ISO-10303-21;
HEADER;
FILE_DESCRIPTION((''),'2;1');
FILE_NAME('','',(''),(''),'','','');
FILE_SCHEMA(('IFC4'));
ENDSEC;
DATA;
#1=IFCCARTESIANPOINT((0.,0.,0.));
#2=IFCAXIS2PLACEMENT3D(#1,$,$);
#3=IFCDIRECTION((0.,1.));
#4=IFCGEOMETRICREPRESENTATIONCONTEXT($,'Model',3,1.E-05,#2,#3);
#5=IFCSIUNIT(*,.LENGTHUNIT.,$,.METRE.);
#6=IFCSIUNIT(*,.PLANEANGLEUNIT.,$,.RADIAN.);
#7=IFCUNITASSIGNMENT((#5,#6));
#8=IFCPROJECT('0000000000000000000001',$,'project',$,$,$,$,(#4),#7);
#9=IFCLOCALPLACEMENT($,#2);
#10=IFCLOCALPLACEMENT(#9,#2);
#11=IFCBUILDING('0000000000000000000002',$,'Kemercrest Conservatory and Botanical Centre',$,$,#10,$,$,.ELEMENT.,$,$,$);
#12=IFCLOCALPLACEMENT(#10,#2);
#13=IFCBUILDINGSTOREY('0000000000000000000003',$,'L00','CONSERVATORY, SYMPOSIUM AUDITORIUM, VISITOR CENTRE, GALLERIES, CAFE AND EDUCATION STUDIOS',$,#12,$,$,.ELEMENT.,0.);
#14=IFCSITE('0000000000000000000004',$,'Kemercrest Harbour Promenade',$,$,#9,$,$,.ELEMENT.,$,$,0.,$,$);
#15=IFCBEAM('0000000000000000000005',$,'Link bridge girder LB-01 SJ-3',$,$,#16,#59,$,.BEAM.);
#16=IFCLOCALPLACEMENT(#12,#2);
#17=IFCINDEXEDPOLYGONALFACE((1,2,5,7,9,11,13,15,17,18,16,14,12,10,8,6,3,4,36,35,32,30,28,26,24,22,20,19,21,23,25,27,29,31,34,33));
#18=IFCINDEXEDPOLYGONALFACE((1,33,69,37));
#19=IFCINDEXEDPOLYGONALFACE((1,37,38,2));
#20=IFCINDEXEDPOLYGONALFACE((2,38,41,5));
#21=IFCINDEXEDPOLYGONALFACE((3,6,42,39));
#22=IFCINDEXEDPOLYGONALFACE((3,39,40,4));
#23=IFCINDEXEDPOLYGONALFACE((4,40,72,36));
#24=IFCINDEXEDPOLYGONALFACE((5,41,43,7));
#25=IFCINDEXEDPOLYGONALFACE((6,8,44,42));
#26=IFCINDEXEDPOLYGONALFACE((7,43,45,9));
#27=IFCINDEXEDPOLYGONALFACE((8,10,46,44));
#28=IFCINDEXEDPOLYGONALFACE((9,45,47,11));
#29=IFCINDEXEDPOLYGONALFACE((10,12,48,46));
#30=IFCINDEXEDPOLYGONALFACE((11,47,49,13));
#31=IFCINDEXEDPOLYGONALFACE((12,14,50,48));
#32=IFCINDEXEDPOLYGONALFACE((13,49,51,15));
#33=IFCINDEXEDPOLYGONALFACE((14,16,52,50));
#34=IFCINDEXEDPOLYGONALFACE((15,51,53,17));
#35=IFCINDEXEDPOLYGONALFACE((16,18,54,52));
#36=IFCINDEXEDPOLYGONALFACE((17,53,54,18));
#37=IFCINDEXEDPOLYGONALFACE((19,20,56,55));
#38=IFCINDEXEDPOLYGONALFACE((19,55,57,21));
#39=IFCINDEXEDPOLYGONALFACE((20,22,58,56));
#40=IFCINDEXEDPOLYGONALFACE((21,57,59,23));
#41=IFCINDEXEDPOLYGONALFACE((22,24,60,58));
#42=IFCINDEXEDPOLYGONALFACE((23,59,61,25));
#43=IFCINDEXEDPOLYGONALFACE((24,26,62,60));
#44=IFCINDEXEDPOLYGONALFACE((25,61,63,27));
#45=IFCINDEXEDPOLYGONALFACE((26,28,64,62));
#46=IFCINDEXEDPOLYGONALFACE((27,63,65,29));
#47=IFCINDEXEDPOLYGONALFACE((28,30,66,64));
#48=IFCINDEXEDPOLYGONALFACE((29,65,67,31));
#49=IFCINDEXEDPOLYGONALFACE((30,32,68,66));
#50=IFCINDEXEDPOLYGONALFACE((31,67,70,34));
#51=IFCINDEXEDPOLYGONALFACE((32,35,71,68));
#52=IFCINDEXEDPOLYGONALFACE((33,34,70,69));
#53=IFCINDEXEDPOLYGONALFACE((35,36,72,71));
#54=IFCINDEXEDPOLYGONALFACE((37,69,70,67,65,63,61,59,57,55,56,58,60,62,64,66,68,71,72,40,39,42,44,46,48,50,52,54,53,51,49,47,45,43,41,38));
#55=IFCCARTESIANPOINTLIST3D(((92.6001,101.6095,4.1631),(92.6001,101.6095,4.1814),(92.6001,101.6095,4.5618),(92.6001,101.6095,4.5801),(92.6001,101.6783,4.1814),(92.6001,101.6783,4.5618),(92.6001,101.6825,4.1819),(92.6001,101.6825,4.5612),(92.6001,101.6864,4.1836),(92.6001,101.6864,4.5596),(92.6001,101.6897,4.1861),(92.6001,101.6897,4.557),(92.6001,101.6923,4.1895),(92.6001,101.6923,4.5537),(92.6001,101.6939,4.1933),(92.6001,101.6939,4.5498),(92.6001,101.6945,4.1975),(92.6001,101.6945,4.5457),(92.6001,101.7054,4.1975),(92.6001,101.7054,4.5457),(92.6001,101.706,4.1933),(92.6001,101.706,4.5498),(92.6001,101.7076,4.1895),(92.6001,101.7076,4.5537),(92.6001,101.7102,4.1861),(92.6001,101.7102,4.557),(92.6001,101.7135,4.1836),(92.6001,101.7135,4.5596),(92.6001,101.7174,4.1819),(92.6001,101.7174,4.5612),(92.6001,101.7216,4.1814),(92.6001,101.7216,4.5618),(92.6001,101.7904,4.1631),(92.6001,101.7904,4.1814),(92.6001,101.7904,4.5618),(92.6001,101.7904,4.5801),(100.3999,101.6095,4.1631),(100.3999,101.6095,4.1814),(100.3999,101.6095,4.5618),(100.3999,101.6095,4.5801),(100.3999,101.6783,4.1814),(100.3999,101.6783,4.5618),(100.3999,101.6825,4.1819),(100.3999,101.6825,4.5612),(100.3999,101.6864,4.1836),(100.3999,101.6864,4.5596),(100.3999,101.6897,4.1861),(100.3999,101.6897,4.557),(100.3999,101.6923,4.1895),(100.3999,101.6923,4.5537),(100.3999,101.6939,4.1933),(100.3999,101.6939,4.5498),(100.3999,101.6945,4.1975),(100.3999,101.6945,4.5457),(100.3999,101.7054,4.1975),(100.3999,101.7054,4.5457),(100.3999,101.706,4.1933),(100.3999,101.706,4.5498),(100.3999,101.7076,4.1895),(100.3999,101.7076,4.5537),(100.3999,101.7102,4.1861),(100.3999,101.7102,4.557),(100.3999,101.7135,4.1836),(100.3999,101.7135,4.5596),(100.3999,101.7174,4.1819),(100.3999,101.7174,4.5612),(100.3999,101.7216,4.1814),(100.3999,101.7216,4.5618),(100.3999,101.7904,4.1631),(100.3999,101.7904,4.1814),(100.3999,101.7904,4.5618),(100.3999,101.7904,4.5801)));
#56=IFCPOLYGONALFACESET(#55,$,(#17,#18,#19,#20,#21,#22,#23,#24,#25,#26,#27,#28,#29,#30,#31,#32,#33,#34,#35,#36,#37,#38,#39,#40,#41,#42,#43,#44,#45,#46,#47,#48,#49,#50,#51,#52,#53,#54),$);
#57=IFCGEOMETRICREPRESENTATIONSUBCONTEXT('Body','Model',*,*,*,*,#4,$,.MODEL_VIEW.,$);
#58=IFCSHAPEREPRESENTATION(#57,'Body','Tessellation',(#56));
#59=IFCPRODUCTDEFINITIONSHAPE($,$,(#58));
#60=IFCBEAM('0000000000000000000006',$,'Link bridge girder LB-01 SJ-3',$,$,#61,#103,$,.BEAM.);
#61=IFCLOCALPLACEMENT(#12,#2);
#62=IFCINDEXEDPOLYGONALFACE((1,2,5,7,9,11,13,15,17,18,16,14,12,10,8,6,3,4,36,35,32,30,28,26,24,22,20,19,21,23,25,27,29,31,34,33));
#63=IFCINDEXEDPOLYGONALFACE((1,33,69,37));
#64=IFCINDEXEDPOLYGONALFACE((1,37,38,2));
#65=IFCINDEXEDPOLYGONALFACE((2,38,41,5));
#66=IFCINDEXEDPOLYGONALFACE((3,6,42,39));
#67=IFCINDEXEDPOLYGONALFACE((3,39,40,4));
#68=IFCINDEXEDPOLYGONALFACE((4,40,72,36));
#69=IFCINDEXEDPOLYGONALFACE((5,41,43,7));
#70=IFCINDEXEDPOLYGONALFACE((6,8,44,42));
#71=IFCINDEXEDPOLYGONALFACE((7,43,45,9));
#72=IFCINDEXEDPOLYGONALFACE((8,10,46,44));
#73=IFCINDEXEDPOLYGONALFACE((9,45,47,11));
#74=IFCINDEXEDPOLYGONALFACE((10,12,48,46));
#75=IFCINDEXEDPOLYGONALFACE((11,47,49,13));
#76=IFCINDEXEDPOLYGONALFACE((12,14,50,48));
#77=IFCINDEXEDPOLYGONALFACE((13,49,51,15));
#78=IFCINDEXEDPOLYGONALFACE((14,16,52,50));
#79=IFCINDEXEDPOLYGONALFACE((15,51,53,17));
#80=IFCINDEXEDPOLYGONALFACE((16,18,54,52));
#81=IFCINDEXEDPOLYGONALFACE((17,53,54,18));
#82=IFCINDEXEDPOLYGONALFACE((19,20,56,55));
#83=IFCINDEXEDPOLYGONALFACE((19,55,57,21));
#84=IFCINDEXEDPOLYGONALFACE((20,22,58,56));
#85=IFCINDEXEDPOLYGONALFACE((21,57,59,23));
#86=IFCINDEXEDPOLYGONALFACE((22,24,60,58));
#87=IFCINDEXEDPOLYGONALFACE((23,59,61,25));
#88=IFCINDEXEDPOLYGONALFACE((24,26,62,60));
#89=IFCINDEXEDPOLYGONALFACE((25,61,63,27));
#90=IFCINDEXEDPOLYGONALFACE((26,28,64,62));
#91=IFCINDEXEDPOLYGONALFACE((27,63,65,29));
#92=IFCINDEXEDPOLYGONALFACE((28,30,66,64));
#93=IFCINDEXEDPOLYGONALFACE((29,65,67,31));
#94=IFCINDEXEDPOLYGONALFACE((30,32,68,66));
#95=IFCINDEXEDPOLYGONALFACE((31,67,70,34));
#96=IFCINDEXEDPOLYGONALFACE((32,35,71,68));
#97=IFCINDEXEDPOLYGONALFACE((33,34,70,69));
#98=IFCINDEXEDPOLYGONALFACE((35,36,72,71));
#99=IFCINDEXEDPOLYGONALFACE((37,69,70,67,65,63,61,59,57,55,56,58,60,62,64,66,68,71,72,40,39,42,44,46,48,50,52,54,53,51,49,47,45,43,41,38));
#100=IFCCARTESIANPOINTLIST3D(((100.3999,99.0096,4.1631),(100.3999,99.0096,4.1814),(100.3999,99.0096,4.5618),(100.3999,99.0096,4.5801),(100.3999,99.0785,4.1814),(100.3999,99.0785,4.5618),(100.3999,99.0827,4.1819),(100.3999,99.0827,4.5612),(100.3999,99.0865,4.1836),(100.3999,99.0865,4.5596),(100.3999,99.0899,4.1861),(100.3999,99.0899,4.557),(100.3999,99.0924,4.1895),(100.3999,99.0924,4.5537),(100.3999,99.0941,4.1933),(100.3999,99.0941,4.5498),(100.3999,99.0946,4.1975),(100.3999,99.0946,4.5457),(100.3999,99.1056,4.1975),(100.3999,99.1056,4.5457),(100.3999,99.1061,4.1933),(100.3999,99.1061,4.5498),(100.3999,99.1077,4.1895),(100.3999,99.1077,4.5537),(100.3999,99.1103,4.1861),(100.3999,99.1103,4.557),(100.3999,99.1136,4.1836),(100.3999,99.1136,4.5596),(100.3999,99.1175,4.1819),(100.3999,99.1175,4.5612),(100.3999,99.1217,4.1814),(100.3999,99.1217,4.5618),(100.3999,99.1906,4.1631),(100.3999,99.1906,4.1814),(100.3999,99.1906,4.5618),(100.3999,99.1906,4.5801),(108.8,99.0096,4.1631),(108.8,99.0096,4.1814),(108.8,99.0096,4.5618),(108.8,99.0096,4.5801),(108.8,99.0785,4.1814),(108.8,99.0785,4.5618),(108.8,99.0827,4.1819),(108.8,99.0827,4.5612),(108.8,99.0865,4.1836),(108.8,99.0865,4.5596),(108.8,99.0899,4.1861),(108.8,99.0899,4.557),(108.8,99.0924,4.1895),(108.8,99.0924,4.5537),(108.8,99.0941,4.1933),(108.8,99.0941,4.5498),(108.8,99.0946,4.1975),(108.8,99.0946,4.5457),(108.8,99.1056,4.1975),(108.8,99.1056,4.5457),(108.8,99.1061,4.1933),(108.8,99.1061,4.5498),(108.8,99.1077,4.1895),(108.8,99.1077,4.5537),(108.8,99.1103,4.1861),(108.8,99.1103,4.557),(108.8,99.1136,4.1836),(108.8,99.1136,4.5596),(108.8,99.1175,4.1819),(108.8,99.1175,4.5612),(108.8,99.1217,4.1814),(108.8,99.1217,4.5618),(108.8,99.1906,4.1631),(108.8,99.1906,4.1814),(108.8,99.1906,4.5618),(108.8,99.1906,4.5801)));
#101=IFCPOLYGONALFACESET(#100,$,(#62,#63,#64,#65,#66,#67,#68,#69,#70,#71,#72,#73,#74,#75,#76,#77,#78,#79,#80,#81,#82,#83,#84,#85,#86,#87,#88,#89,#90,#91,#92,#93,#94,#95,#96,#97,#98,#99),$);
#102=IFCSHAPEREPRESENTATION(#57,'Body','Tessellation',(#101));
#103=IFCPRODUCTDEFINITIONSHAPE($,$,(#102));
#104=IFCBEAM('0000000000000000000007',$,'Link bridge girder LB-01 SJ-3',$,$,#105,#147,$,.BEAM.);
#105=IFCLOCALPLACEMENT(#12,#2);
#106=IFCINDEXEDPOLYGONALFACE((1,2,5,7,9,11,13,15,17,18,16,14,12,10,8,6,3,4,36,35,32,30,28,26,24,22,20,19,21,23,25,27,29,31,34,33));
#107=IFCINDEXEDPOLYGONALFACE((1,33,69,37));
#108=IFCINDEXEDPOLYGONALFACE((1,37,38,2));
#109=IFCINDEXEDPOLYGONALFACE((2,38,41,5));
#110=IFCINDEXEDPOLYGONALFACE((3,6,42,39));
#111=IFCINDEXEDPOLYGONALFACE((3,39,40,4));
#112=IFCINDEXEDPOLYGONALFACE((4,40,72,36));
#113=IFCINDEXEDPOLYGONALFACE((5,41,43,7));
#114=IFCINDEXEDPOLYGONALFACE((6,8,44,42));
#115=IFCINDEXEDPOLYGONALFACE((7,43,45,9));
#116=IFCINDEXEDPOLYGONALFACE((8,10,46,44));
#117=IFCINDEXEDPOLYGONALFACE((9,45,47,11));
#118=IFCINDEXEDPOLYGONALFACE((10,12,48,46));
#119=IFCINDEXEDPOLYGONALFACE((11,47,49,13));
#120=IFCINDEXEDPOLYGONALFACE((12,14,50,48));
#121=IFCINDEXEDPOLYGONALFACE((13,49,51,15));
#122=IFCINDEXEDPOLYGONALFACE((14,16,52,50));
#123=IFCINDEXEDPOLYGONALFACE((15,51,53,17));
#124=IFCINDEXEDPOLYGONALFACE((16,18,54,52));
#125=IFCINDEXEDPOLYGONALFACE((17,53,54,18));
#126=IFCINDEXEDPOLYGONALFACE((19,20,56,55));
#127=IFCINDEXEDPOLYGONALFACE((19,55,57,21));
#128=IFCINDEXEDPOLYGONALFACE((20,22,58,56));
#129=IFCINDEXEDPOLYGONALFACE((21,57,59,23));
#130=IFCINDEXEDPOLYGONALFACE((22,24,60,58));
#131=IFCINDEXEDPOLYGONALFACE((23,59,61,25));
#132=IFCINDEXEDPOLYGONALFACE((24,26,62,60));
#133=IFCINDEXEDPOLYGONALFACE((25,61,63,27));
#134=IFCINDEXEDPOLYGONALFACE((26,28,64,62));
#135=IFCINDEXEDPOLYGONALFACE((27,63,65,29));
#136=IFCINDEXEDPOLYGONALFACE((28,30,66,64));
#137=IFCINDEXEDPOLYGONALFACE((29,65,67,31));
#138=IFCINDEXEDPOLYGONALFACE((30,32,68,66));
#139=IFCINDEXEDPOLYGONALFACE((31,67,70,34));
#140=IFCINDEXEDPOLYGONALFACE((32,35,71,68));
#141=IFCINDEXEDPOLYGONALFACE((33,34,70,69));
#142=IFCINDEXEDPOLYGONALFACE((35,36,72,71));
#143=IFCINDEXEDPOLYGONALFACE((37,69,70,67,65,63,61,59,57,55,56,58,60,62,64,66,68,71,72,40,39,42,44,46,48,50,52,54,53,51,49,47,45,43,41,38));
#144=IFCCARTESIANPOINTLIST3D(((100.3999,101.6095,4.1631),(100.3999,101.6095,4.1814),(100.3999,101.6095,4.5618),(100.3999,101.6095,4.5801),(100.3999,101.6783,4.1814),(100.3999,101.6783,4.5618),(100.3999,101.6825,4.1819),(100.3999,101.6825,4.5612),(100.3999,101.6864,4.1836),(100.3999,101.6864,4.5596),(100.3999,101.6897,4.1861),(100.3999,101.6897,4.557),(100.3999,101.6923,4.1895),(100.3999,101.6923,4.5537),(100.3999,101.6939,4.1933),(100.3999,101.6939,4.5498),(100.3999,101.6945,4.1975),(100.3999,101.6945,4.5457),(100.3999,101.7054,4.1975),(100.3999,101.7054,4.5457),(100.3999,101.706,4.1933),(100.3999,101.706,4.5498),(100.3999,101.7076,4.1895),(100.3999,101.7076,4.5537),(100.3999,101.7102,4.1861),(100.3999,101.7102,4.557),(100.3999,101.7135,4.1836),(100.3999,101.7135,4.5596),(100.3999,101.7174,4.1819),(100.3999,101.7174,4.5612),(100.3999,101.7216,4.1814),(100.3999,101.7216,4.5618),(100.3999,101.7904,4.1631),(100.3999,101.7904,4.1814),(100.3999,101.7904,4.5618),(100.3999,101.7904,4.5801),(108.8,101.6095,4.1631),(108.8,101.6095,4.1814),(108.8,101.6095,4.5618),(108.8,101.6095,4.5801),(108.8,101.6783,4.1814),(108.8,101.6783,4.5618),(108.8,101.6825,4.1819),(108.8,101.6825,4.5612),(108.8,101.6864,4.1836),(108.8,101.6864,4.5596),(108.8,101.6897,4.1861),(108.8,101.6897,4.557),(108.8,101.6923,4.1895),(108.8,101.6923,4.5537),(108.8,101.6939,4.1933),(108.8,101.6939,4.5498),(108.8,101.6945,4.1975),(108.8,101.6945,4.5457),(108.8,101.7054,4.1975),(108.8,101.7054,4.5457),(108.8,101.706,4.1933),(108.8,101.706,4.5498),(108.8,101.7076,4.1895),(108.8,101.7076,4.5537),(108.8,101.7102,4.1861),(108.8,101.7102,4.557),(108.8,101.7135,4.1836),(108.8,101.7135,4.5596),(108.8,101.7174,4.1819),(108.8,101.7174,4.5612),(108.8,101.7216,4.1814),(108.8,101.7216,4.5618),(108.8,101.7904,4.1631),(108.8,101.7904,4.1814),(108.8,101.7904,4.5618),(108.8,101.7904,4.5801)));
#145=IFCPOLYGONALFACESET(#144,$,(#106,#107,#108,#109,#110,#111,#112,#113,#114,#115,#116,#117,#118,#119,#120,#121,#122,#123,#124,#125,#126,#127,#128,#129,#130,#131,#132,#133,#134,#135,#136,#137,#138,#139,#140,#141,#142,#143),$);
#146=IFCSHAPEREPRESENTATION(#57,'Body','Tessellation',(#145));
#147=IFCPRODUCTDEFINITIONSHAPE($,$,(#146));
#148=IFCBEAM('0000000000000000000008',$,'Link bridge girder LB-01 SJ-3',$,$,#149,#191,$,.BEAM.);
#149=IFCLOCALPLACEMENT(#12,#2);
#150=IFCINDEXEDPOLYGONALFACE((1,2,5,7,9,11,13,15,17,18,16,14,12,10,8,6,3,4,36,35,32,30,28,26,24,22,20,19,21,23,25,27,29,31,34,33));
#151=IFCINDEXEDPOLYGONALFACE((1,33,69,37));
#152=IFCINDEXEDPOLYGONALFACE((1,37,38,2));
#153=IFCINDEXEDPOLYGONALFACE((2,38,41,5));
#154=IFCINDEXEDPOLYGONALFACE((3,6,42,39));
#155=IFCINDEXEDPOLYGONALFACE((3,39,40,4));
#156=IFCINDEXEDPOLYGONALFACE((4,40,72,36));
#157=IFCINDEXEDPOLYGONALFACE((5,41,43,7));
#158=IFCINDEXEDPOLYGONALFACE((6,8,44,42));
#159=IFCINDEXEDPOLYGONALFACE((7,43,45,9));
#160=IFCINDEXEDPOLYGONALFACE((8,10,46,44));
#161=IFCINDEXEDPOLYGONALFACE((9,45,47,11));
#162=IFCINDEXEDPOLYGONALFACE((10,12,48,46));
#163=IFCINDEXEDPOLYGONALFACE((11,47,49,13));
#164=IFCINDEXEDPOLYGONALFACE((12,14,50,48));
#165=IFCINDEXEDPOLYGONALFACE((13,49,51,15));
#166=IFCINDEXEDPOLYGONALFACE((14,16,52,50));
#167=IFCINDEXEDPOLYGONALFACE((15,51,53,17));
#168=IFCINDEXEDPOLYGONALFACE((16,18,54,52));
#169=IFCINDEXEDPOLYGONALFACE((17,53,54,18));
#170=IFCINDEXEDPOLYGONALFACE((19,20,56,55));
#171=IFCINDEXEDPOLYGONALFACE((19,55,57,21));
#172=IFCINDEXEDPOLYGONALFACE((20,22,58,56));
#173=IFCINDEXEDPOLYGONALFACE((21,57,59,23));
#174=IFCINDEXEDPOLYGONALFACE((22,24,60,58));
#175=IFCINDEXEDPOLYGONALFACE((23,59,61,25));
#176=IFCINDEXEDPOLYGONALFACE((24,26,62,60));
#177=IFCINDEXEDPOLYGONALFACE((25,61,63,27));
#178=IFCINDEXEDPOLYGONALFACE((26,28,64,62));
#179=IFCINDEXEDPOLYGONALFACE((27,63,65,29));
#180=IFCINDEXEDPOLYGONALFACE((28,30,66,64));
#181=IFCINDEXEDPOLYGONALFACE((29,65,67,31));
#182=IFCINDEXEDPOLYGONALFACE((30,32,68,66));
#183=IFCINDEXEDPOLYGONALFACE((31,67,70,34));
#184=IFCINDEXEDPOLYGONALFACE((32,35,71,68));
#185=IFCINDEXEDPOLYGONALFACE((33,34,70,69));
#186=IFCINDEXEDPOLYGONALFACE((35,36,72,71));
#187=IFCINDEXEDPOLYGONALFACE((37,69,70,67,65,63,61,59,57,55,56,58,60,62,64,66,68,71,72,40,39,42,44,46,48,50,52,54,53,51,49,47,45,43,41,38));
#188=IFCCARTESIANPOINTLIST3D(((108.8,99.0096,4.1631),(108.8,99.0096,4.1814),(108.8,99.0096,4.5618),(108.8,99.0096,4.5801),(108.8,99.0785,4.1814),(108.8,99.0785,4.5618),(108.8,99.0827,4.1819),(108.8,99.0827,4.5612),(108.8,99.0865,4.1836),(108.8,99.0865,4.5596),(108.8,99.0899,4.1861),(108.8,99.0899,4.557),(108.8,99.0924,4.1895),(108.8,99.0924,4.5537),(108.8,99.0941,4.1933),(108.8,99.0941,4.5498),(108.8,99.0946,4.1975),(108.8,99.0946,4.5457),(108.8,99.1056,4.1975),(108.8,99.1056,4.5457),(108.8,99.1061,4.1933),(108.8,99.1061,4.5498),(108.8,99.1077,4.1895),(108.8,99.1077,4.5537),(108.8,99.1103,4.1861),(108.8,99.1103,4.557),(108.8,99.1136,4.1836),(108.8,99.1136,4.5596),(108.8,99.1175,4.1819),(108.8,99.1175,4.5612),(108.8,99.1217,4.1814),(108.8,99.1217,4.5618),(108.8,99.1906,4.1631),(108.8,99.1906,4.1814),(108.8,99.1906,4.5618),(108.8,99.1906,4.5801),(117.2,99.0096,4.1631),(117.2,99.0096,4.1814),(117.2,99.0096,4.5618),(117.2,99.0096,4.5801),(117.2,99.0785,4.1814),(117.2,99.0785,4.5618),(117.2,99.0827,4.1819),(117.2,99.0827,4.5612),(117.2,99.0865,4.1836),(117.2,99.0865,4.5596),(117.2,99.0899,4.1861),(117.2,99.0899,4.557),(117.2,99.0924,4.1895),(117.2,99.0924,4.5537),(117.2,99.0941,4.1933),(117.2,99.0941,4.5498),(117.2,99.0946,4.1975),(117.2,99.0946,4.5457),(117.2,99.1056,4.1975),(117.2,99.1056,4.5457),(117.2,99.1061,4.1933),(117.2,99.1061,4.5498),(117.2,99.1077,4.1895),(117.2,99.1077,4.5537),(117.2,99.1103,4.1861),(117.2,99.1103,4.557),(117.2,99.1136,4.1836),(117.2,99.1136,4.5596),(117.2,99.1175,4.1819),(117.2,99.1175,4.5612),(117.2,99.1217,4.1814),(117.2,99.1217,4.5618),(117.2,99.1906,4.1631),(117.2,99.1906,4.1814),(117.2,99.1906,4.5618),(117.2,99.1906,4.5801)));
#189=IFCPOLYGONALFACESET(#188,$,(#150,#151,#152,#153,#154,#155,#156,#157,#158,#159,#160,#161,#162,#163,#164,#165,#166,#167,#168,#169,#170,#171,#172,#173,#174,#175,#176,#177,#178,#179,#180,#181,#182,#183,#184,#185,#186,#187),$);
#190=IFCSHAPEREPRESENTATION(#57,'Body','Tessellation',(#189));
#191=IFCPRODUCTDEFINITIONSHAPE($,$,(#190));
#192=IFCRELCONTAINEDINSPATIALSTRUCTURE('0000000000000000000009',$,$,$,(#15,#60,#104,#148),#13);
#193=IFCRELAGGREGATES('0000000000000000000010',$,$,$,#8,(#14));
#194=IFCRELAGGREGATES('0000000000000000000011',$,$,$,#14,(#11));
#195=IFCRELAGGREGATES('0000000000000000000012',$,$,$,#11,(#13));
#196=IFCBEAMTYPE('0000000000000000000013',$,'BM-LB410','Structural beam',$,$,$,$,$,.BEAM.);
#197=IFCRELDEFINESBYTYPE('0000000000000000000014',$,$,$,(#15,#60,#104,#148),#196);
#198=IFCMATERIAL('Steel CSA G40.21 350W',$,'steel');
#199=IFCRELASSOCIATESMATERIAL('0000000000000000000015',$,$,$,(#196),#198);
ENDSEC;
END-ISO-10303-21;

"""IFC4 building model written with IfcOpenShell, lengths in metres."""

from ifc_helpers import new_model, si_unit, direction, frame, origin, origin_2d, place, context, subcontext, project, spatial, i_section, extrude, material, material_profile, profile_set, type_object, element, save


model = new_model("IFC4")

# Units and contexts
model_context = context("Model", 3, precision=1e-05, world=origin(), true_north=direction((0.0, 1.0)))
body_context = subcontext(model_context, "Body", "Model", "MODEL_VIEW")
ifc_project = project(units=[si_unit("LENGTHUNIT", "METRE"), si_unit("PLANEANGLEUNIT", "RADIAN")], contexts=[model_context])

# Site, building, storey
site_placement = place(None, origin())
site = spatial("IfcSite", under=ifc_project, at=site_placement, Name="Kemercrest Harbour Promenade", CompositionType="ELEMENT", RefElevation=0.0)
building_placement = place(site_placement, origin())
building = spatial("IfcBuilding", under=site, at=building_placement, Name="Kemercrest Conservatory and Botanical Centre", CompositionType="ELEMENT")
storey_placement = place(building_placement, origin())
storey = spatial("IfcBuildingStorey", under=building, at=storey_placement, Name="L00", Description="CONSERVATORY, SYMPOSIUM AUDITORIUM, VISITOR CENTRE, GALLERIES, CAFE AND EDUCATION STUDIOS", CompositionType="ELEMENT", Elevation=0.0)

# Shared definitions
ifc_material_1 = material(Name="Steel CSA G40.21 350W", Category="steel")

# Beams
ifc_material_profile_1 = material_profile(ifc_material_1, i_section(OverallWidth=0.1809, OverallDepth=0.417, WebThickness=0.011, FlangeThickness=0.0183, FilletRadius=0.0161, at=origin_2d()), Name="W410X85")
ifc_profile_set_1 = profile_set([ifc_material_profile_1], Name="Steel CSA G40.21 350W")
beam_type_1 = type_object("IfcBeamType", Name="BM-LB410", Description="Structural beam", PredefinedType="BEAM", material=ifc_profile_set_1)
for number, where, z_axis, x_axis, name in (
    (1, (92.6001, 101.7, 4.3716), (1.0, 0.0, 0.0), (0.0, 1.0, 0.0), "Link bridge girder LB-01 SJ-3"),
):
    element("IfcBeam", number, at=place(storey_placement, frame(where, z_axis=z_axis, x_axis=x_axis)), inside=storey, type_object=beam_type_1, Name=name, PredefinedType="BEAM", context=body_context, shape_type="SweptSolid", body=[
        extrude(i_section(OverallWidth=0.1809, OverallDepth=0.417, WebThickness=0.011, FlangeThickness=0.0183, FilletRadius=0.0161, at=origin_2d()), origin(), (0.0, 0.0, 1.0), 7.7998),
    ])
for number, where, z_axis, x_axis, name in (
    (2, (100.3999, 99.1001, 4.3716), (1.0, 0.0, 0.0), (0.0, 1.0, 0.0), "Link bridge girder LB-01 SJ-3"),
    (3, (100.3999, 101.7, 4.3716), (1.0, 0.0, 0.0), (0.0, 1.0, 0.0), "Link bridge girder LB-01 SJ-3"),
):
    element("IfcBeam", number, at=place(storey_placement, frame(where, z_axis=z_axis, x_axis=x_axis)), inside=storey, type_object=beam_type_1, Name=name, PredefinedType="BEAM", context=body_context, shape_type="SweptSolid", body=[
        extrude(i_section(OverallWidth=0.1809, OverallDepth=0.417, WebThickness=0.011, FlangeThickness=0.0183, FilletRadius=0.0161, at=origin_2d()), origin(), (0.0, 0.0, 1.0), 8.4001),
    ])
for number, where, z_axis, x_axis, name in (
    (4, (108.8, 99.1001, 4.3716), (1.0, 0.0, 0.0), (0.0, 1.0, 0.0), "Link bridge girder LB-01 SJ-3"),
):
    element("IfcBeam", number, at=place(storey_placement, frame(where, z_axis=z_axis, x_axis=x_axis)), inside=storey, type_object=beam_type_1, Name=name, PredefinedType="BEAM", context=body_context, shape_type="SweptSolid", body=[
        extrude(i_section(OverallWidth=0.1809, OverallDepth=0.417, WebThickness=0.011, FlangeThickness=0.0183, FilletRadius=0.0161, at=origin_2d()), origin(), (0.0, 0.0, 1.0), 8.3999),
    ])

save(model, "model.ifc")
